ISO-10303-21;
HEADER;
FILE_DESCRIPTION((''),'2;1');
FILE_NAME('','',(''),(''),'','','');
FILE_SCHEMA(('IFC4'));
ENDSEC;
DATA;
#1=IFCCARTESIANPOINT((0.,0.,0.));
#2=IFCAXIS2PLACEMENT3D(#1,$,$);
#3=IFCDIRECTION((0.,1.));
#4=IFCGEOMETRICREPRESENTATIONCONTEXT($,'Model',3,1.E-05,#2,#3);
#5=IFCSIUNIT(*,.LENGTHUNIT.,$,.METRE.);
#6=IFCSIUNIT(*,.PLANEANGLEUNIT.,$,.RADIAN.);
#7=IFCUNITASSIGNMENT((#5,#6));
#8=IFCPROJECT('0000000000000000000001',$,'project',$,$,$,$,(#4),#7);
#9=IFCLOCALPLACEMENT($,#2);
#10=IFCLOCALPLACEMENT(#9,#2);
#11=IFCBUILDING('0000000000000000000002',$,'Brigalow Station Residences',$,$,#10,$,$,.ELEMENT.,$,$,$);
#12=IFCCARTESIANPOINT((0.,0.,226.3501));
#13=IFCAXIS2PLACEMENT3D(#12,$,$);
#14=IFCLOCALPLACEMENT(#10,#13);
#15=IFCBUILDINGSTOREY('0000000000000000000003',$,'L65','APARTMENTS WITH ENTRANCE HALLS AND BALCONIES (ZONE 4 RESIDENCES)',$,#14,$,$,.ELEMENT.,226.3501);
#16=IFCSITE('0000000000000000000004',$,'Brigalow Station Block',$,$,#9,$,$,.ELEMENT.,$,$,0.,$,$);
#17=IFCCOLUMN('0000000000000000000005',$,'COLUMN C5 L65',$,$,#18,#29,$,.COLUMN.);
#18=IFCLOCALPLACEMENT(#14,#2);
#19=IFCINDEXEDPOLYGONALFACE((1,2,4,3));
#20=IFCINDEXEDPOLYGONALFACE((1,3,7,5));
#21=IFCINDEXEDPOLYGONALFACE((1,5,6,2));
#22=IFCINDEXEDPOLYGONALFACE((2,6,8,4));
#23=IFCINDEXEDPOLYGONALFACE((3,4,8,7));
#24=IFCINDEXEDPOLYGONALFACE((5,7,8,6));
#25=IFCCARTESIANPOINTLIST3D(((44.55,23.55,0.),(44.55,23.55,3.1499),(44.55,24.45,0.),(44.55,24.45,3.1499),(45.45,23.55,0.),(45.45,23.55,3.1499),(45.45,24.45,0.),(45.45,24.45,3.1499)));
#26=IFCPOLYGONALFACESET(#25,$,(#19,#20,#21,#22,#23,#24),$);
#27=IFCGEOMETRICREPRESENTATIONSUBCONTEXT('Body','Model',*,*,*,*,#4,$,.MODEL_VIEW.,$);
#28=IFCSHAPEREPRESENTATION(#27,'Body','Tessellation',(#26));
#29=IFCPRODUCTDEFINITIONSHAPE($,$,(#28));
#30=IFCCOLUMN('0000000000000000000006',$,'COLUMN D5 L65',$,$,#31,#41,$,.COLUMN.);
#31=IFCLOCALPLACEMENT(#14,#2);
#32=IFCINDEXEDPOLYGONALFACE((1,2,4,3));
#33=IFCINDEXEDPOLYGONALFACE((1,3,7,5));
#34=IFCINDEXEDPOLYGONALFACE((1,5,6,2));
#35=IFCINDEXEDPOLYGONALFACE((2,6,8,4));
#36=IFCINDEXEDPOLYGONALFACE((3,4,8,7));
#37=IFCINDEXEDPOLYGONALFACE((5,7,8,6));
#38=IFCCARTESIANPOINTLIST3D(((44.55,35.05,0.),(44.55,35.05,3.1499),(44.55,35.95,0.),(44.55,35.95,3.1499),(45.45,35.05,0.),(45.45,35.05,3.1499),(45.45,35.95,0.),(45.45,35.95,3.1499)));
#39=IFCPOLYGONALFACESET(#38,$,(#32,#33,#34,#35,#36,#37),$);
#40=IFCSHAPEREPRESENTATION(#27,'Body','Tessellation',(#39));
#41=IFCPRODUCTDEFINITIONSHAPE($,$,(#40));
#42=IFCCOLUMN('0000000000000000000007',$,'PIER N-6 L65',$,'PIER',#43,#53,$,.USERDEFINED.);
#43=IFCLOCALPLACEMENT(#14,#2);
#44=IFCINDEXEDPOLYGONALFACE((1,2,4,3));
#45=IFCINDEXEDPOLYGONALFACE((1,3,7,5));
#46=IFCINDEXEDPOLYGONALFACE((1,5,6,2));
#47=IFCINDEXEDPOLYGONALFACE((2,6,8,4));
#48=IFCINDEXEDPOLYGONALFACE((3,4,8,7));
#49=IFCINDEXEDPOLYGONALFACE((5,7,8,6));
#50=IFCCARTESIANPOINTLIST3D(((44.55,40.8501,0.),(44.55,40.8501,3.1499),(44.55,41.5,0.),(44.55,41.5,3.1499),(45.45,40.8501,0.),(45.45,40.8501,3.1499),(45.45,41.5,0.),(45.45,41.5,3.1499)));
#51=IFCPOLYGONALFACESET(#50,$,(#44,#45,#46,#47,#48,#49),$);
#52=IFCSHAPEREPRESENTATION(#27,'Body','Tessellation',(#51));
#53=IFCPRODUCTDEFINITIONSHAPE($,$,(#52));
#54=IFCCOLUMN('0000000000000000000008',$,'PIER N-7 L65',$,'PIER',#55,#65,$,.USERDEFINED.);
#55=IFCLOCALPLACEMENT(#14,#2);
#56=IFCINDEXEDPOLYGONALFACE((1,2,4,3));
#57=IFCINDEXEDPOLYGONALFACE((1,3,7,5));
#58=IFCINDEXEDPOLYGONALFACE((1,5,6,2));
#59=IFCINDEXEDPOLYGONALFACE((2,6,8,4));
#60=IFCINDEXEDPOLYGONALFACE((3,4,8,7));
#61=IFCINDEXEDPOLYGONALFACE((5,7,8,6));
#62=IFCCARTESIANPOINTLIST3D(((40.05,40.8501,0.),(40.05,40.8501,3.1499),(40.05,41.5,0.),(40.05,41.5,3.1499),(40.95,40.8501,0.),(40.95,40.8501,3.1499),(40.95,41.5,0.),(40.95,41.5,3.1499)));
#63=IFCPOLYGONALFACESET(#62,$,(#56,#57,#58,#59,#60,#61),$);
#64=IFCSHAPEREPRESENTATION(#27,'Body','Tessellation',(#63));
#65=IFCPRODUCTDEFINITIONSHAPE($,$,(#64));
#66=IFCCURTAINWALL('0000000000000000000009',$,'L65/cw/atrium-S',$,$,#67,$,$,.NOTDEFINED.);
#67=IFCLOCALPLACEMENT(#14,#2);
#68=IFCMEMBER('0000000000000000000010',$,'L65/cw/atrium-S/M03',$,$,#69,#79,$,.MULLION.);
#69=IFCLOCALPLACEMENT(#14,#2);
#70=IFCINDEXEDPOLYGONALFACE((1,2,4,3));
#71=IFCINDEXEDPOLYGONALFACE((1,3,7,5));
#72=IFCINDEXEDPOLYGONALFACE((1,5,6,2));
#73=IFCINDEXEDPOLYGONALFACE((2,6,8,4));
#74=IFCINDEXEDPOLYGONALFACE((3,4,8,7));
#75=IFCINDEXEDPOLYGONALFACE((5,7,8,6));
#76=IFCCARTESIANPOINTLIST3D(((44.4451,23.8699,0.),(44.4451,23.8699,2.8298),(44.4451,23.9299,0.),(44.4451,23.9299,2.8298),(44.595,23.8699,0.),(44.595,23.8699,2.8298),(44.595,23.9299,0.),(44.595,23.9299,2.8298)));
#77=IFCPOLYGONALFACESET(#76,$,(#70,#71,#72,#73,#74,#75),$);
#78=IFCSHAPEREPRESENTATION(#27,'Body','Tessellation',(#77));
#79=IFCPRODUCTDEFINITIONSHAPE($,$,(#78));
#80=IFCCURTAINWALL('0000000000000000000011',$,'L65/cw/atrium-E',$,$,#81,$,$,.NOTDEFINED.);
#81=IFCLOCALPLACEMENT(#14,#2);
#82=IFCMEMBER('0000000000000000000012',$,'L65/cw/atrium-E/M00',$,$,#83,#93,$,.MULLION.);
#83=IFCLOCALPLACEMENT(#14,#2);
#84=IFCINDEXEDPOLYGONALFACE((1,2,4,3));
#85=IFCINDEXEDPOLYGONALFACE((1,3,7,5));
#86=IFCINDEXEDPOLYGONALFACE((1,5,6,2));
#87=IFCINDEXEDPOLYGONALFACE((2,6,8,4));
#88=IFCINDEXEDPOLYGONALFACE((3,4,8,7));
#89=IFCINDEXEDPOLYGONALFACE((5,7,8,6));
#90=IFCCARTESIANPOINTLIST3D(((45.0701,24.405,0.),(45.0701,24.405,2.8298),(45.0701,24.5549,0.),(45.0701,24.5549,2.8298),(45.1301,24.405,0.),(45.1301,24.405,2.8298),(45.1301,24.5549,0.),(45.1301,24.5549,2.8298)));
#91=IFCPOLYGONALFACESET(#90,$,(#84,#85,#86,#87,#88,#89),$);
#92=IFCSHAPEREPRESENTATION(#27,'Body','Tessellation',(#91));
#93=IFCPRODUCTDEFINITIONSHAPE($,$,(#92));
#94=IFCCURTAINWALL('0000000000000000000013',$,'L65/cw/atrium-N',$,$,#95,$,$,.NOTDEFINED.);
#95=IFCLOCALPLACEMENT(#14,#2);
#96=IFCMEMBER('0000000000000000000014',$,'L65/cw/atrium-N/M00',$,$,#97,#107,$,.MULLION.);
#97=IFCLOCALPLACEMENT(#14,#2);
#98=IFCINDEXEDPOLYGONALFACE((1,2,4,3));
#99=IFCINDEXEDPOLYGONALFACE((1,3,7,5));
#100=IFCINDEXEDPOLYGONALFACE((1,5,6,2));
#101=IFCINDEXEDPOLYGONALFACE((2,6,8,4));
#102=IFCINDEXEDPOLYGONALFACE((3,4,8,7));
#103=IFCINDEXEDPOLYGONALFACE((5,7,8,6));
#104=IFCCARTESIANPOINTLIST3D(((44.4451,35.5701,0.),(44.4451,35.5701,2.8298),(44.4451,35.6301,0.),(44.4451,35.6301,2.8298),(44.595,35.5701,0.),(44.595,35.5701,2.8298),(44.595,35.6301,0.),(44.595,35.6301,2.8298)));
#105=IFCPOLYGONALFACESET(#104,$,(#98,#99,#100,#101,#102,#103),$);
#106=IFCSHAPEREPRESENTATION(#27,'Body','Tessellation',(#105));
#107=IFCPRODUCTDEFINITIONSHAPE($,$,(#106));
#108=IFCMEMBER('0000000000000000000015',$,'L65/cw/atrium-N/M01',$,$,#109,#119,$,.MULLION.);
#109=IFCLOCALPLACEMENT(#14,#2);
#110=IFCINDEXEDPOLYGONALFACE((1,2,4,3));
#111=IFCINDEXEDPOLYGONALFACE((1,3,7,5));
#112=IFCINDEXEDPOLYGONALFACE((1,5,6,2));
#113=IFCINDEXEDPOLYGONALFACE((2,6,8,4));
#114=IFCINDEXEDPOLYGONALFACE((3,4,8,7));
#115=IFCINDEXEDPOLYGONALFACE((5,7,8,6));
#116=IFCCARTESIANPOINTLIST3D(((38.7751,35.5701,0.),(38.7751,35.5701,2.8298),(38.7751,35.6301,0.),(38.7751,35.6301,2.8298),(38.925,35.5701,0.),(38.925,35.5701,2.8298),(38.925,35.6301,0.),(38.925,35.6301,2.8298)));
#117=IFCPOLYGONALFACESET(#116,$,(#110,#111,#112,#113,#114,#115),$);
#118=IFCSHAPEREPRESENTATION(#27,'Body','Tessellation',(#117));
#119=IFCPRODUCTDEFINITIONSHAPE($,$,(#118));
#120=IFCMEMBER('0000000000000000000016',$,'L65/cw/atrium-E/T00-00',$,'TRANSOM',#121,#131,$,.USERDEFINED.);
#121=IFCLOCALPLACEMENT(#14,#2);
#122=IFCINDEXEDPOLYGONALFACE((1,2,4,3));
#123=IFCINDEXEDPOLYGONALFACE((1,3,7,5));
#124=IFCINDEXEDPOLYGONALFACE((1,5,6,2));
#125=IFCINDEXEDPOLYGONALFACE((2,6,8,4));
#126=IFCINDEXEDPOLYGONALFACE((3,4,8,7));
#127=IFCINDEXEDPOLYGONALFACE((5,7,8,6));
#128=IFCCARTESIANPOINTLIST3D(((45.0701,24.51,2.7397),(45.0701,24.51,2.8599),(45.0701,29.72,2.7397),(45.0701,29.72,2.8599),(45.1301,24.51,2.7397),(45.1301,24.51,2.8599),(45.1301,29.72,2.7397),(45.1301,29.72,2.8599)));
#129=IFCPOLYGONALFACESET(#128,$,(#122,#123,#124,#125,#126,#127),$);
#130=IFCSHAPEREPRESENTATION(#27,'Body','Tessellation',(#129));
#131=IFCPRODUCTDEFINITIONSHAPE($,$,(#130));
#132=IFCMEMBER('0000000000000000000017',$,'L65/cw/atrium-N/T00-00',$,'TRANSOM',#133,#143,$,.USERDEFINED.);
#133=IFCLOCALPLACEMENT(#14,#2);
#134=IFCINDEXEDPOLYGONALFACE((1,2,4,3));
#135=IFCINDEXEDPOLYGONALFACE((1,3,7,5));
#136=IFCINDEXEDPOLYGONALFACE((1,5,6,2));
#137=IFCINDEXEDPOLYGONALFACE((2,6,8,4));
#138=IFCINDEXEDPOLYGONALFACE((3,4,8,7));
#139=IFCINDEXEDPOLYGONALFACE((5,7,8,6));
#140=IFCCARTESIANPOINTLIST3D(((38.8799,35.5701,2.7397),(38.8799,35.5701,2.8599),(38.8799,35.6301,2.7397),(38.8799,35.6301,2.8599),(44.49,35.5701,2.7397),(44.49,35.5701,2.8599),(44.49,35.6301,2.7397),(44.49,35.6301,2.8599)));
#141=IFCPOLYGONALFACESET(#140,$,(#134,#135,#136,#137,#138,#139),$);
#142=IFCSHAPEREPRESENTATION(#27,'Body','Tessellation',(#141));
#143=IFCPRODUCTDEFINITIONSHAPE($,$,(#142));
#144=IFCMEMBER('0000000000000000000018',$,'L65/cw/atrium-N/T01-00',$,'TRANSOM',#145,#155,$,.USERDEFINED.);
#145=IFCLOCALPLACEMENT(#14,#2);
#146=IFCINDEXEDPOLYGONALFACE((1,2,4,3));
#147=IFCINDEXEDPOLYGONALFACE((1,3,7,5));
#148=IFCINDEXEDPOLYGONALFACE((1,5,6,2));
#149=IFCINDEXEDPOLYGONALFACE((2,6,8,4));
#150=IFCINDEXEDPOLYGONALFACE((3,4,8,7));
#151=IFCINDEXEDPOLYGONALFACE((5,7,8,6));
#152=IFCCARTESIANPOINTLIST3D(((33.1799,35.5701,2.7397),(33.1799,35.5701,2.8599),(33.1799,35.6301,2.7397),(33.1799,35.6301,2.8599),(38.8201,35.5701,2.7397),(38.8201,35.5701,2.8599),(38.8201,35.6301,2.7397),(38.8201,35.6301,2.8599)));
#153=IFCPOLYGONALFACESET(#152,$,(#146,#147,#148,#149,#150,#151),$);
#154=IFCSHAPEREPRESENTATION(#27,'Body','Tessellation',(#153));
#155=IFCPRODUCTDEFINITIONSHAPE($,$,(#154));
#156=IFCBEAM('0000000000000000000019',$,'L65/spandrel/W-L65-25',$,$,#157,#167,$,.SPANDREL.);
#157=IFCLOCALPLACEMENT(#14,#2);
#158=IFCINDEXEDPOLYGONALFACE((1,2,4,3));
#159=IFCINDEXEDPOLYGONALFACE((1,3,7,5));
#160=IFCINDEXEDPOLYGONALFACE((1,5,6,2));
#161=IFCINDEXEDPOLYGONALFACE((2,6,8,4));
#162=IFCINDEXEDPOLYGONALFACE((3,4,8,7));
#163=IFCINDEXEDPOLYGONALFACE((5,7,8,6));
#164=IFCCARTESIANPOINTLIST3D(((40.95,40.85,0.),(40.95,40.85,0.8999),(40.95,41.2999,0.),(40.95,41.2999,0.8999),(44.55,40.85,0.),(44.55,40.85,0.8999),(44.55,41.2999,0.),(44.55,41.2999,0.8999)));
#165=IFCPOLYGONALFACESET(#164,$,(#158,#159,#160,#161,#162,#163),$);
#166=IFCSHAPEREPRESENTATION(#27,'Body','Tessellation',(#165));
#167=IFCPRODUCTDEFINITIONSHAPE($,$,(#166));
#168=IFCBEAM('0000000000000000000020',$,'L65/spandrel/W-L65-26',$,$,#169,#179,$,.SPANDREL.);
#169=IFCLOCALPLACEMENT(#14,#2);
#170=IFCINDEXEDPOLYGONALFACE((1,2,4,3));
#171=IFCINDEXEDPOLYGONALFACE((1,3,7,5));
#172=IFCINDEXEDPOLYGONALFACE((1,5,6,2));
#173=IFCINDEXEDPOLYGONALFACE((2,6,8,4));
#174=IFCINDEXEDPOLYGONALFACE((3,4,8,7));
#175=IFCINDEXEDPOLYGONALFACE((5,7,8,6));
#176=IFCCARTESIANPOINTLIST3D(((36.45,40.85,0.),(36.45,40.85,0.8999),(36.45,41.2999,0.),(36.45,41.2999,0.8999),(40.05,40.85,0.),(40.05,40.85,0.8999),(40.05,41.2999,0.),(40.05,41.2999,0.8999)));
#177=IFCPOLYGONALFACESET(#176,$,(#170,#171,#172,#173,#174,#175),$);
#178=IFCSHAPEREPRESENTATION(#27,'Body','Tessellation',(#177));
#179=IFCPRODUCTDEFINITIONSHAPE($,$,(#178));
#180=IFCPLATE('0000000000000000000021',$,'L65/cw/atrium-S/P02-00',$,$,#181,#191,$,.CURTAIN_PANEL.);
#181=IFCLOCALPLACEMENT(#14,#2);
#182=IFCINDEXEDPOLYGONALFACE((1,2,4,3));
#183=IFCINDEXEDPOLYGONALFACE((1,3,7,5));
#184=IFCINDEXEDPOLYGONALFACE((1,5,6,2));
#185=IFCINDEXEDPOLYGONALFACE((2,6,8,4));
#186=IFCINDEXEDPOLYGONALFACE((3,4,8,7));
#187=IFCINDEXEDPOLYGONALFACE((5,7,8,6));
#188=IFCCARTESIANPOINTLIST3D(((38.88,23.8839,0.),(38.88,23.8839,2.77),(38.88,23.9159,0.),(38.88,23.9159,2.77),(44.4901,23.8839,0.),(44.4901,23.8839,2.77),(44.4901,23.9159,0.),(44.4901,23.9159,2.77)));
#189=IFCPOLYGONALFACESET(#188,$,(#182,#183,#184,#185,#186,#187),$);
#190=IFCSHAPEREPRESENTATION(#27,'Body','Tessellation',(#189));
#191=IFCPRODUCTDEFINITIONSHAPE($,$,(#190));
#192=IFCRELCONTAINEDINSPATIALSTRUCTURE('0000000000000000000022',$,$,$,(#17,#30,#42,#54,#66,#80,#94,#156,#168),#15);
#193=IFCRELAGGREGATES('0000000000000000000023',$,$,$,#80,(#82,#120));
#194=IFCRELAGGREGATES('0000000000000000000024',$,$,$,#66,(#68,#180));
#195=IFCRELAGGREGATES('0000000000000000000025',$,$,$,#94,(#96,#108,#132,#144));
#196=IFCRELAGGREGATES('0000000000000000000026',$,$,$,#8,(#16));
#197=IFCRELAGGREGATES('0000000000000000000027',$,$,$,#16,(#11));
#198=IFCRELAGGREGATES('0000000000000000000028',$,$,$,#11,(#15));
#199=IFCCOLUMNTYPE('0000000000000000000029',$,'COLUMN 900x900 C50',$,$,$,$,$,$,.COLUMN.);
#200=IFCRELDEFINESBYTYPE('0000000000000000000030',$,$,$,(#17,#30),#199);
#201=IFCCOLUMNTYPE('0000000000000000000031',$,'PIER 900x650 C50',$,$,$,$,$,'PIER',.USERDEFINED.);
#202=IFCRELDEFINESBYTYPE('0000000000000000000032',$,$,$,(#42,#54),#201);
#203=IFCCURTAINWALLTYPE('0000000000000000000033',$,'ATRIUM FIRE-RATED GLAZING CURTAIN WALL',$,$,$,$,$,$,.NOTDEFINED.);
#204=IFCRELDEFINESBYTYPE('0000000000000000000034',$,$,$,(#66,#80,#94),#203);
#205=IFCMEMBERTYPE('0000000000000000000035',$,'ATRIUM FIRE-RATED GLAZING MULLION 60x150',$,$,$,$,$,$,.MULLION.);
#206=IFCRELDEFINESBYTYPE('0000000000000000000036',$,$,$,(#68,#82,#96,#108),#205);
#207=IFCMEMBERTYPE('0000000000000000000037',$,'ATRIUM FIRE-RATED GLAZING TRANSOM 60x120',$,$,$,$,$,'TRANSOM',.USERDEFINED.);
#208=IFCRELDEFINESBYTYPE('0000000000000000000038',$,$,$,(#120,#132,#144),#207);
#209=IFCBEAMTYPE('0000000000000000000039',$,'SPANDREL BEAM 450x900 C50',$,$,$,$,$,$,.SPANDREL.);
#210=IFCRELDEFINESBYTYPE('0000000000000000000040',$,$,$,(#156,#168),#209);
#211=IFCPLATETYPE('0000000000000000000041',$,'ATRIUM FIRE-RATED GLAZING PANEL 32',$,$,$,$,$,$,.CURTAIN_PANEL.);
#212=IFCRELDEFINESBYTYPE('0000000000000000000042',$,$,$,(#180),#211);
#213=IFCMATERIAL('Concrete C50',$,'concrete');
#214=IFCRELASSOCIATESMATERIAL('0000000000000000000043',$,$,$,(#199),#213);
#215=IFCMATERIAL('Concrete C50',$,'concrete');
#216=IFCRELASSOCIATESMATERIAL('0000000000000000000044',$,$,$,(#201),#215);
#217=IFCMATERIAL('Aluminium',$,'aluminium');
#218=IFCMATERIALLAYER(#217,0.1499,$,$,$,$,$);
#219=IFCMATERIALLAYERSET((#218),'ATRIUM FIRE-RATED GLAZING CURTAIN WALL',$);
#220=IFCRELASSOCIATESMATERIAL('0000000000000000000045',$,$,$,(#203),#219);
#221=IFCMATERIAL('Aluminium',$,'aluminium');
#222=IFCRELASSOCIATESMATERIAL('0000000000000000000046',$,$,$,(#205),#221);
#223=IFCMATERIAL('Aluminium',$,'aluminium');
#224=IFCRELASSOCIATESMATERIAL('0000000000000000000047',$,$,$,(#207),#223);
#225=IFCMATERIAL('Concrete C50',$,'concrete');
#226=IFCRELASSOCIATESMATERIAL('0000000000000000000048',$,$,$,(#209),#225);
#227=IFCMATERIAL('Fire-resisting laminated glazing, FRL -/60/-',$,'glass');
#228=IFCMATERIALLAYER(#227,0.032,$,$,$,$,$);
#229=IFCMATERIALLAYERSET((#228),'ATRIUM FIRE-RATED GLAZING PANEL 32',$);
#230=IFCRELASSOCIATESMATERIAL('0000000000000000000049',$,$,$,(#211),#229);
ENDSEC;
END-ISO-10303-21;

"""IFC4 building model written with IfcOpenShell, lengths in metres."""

from ifc_helpers import new_model, si_unit, direction, frame, origin, origin_2d, place, context, subcontext, project, spatial, rectangle, extrude, material, layer, layer_set, material_profile, profile_set, type_object, element, aggregate, save


model = new_model("IFC4")

# Units and contexts
model_context = context("Model", 3, precision=1e-05, world=origin(), true_north=direction((0.0, 1.0)))
body_context = subcontext(model_context, "Body", "Model", "MODEL_VIEW")
ifc_project = project(units=[si_unit("LENGTHUNIT", "METRE"), si_unit("PLANEANGLEUNIT", "RADIAN")], contexts=[model_context])

# Site, building, storey
site_placement = place(None, origin())
site = spatial("IfcSite", under=ifc_project, at=site_placement, Name="Brigalow Station Block", CompositionType="ELEMENT", RefElevation=0.0)
building_placement = place(site_placement, origin())
building = spatial("IfcBuilding", under=site, at=building_placement, Name="Brigalow Station Residences", CompositionType="ELEMENT")
storey_placement = place(building_placement, frame((0.0, 0.0, 226.3501)))
storey = spatial("IfcBuildingStorey", under=building, at=storey_placement, Name="L65", Description="APARTMENTS WITH ENTRANCE HALLS AND BALCONIES (ZONE 4 RESIDENCES)", CompositionType="ELEMENT", Elevation=226.3501)

# Columns
ifc_material_1 = material(Name="Concrete C50", Category="concrete")
ifc_material_profile_1 = material_profile(ifc_material_1, rectangle(XDim=0.8999, YDim=0.8999, at=origin_2d()), Name="RC900x900")
ifc_profile_set_1 = profile_set([ifc_material_profile_1], Name="Concrete C50")
column_type_1 = type_object("IfcColumnType", Name="COLUMN 900x900 C50", PredefinedType="COLUMN", material=ifc_profile_set_1)
for number, where, z_axis, x_axis, name in (
    (1, (45.0, 24.0, 0.0), (0.0, 0.0, 1.0), (1.0, 0.0, 0.0), "COLUMN C5 L65"),
    (2, (45.0, 35.5, 0.0), (0.0, 0.0, 1.0), (1.0, 0.0, 0.0), "COLUMN D5 L65"),
):
    element("IfcColumn", number, at=place(storey_placement, frame(where, z_axis=z_axis, x_axis=x_axis)), inside=storey, type_object=column_type_1, Name=name, PredefinedType="COLUMN", context=body_context, shape_type="SweptSolid", body=[
        extrude(rectangle(XDim=0.8999, YDim=0.8999, at=origin_2d()), origin(), (0.0, 0.0, 1.0), 3.1499),
    ])
ifc_material_2 = material(Name="Concrete C50", Category="concrete")
ifc_material_profile_2 = material_profile(ifc_material_2, rectangle(XDim=0.8999, YDim=0.6499, at=origin_2d()), Name="RC900x650")
ifc_profile_set_2 = profile_set([ifc_material_profile_2], Name="Concrete C50")
column_type_2 = type_object("IfcColumnType", Name="PIER 900x650 C50", ElementType="PIER", PredefinedType="USERDEFINED", material=ifc_profile_set_2)
for number, where, z_axis, x_axis, name in (
    (3, (45.0, 41.175, 0.0), (0.0, 0.0, 1.0), (-1.0, 0.0, 0.0), "PIER N-6 L65"),
    (4, (40.5, 41.175, 0.0), (0.0, 0.0, 1.0), (-1.0, 0.0, 0.0), "PIER N-7 L65"),
):
    element("IfcColumn", number, at=place(storey_placement, frame(where, z_axis=z_axis, x_axis=x_axis)), inside=storey, type_object=column_type_2, Name=name, ObjectType="PIER", PredefinedType="USERDEFINED", context=body_context, shape_type="SweptSolid", body=[
        extrude(rectangle(XDim=0.8999, YDim=0.6499, at=origin_2d()), origin(), (0.0, 0.0, 1.0), 3.1499),
    ])

# Curtain walls, members
ifc_material_3 = material(Name="Aluminium", Category="aluminium")
ifc_layer_1 = layer(ifc_material_3, 0.1499)
ifc_layer_set_1 = layer_set([ifc_layer_1], Name="ATRIUM FIRE-RATED GLAZING CURTAIN WALL")
curtain_wall_type = type_object("IfcCurtainWallType", Name="ATRIUM FIRE-RATED GLAZING CURTAIN WALL", PredefinedType="NOTDEFINED", material=ifc_layer_set_1)
curtain_wall_1_placement = place(storey_placement, origin())
curtain_wall_1 = element("IfcCurtainWall", 5, at=curtain_wall_1_placement, inside=storey, type_object=curtain_wall_type, Name="L65/cw/atrium-S", PredefinedType="NOTDEFINED")
ifc_material_4 = material(Name="Aluminium", Category="aluminium")
ifc_material_profile_3 = material_profile(ifc_material_4, rectangle(XDim=0.0601, YDim=0.1499, at=origin_2d()), Name="ATRIUM FIRE-RATED GLAZING MULLION 60x150")
ifc_profile_set_3 = profile_set([ifc_material_profile_3], Name="Aluminium")
member_type_1 = type_object("IfcMemberType", Name="ATRIUM FIRE-RATED GLAZING MULLION 60x150", PredefinedType="MULLION", material=ifc_profile_set_3)
member_1_placement = place(storey_placement, frame((44.52, 23.8999, 0.0), z_axis=(0.0, 0.0, 1.0), x_axis=(0.0, 1.0, 0.0)))
member_1 = element("IfcMember", 6, at=member_1_placement, type_object=member_type_1, Name="L65/cw/atrium-S/M03", PredefinedType="MULLION", context=body_context, shape_type="SweptSolid", body=[
    extrude(rectangle(XDim=0.0601, YDim=0.1499, at=origin_2d()), origin(), (0.0, 0.0, 1.0), 2.8298),
])
curtain_wall_2_placement = place(storey_placement, origin())
curtain_wall_2 = element("IfcCurtainWall", 7, at=curtain_wall_2_placement, inside=storey, type_object=curtain_wall_type, Name="L65/cw/atrium-E", PredefinedType="NOTDEFINED")
member_2_placement = place(storey_placement, frame((45.1001, 24.48, 0.0), z_axis=(0.0, 0.0, 1.0), x_axis=(-1.0, 0.0, 0.0)))
member_2 = element("IfcMember", 8, at=member_2_placement, type_object=member_type_1, Name="L65/cw/atrium-E/M00", PredefinedType="MULLION", context=body_context, shape_type="SweptSolid", body=[
    extrude(rectangle(XDim=0.0601, YDim=0.1499, at=origin_2d()), origin(), (0.0, 0.0, 1.0), 2.8298),
])

# Curtain wall, members
curtain_wall_3_placement = place(storey_placement, origin())
curtain_wall_3 = element("IfcCurtainWall", 9, at=curtain_wall_3_placement, inside=storey, type_object=curtain_wall_type, Name="L65/cw/atrium-N", PredefinedType="NOTDEFINED")
member_3_placement = place(storey_placement, frame((44.52, 35.6001, 0.0), z_axis=(0.0, 0.0, 1.0), x_axis=(0.0, -1.0, 0.0)))
member_3 = element("IfcMember", 10, at=member_3_placement, type_object=member_type_1, Name="L65/cw/atrium-N/M00", PredefinedType="MULLION", context=body_context, shape_type="SweptSolid", body=[
    extrude(rectangle(XDim=0.0601, YDim=0.1499, at=origin_2d()), origin(), (0.0, 0.0, 1.0), 2.8298),
])
member_4_placement = place(storey_placement, frame((38.8501, 35.6001, 0.0), z_axis=(0.0, 0.0, 1.0), x_axis=(0.0, -1.0, 0.0)))
member_4 = element("IfcMember", 11, at=member_4_placement, type_object=member_type_1, Name="L65/cw/atrium-N/M01", PredefinedType="MULLION", context=body_context, shape_type="SweptSolid", body=[
    extrude(rectangle(XDim=0.0601, YDim=0.1499, at=origin_2d()), origin(), (0.0, 0.0, 1.0), 2.8298),
])

# Members
ifc_material_5 = material(Name="Aluminium", Category="aluminium")
ifc_material_profile_4 = material_profile(ifc_material_5, rectangle(XDim=0.0601, YDim=0.1201, at=origin_2d()), Name="ATRIUM FIRE-RATED GLAZING TRANSOM 60x120")
ifc_profile_set_4 = profile_set([ifc_material_profile_4], Name="Aluminium")
member_type_2 = type_object("IfcMemberType", Name="ATRIUM FIRE-RATED GLAZING TRANSOM 60x120", ElementType="TRANSOM", PredefinedType="USERDEFINED", material=ifc_profile_set_4)
member_5_placement = place(storey_placement, frame((45.1001, 24.51, 2.7998), z_axis=(0.0, 1.0, 0.0), x_axis=(-1.0, 0.0, 0.0)))
member_5 = element("IfcMember", 12, at=member_5_placement, type_object=member_type_2, Name="L65/cw/atrium-E/T00-00", ObjectType="TRANSOM", PredefinedType="USERDEFINED", context=body_context, shape_type="SweptSolid", body=[
    extrude(rectangle(XDim=0.0601, YDim=0.1201, at=origin_2d()), origin(), (0.0, 0.0, 1.0), 5.21),
])
aggregate(curtain_wall_2, [member_2, member_5])
member_6_placement = place(storey_placement, frame((44.49, 35.6001, 2.7998), z_axis=(-1.0, 0.0, 0.0), x_axis=(0.0, -1.0, 0.0)))
member_6 = element("IfcMember", 13, at=member_6_placement, type_object=member_type_2, Name="L65/cw/atrium-N/T00-00", ObjectType="TRANSOM", PredefinedType="USERDEFINED", context=body_context, shape_type="SweptSolid", body=[
    extrude(rectangle(XDim=0.0601, YDim=0.1201, at=origin_2d()), origin(), (0.0, 0.0, 1.0), 5.6101),
])
member_7_placement = place(storey_placement, frame((38.8201, 35.6001, 2.7998), z_axis=(-1.0, 0.0, 0.0), x_axis=(0.0, -1.0, 0.0)))
member_7 = element("IfcMember", 14, at=member_7_placement, type_object=member_type_2, Name="L65/cw/atrium-N/T01-00", ObjectType="TRANSOM", PredefinedType="USERDEFINED", context=body_context, shape_type="SweptSolid", body=[
    extrude(rectangle(XDim=0.0601, YDim=0.1201, at=origin_2d()), origin(), (0.0, 0.0, 1.0), 5.6401),
])

# Beams
ifc_material_6 = material(Name="Concrete C50", Category="concrete")
ifc_material_profile_5 = material_profile(ifc_material_6, rectangle(XDim=0.45, YDim=0.8999, at=origin_2d()), Name="RC450x900")
ifc_profile_set_5 = profile_set([ifc_material_profile_5], Name="Concrete C50")
beam_type = type_object("IfcBeamType", Name="SPANDREL BEAM 450x900 C50", PredefinedType="SPANDREL", material=ifc_profile_set_5)
for number, where, z_axis, x_axis, name in (
    (15, (44.55, 41.075, 0.45), (-1.0, 0.0, 0.0), (0.0, -1.0, 0.0), "L65/spandrel/W-L65-25"),
    (16, (40.05, 41.075, 0.45), (-1.0, 0.0, 0.0), (0.0, -1.0, 0.0), "L65/spandrel/W-L65-26"),
):
    element("IfcBeam", number, at=place(storey_placement, frame(where, z_axis=z_axis, x_axis=x_axis)), inside=storey, type_object=beam_type, Name=name, PredefinedType="SPANDREL", context=body_context, shape_type="SweptSolid", body=[
        extrude(rectangle(XDim=0.45, YDim=0.8999, at=origin_2d()), origin(), (0.0, 0.0, 1.0), 3.6001),
    ])

# Plate
ifc_material_7 = material(Name="Fire-resisting laminated glazing, FRL -/60/-", Category="glass")
ifc_layer_2 = layer(ifc_material_7, 0.032)
ifc_layer_set_2 = layer_set([ifc_layer_2], Name="ATRIUM FIRE-RATED GLAZING PANEL 32")
plate_type = type_object("IfcPlateType", Name="ATRIUM FIRE-RATED GLAZING PANEL 32", PredefinedType="CURTAIN_PANEL", material=ifc_layer_set_2)
plate_1_placement = place(storey_placement, frame((41.6851, 23.8999, 0.0), z_axis=(0.0, 0.0, 1.0), x_axis=(1.0, 0.0, 0.0)))
plate_1 = element("IfcPlate", 17, at=plate_1_placement, type_object=plate_type, Name="L65/cw/atrium-S/P02-00", PredefinedType="CURTAIN_PANEL", context=body_context, shape_type="SweptSolid", body=[
    extrude(rectangle(XDim=5.6101, YDim=0.032, at=origin_2d()), origin(), (0.0, 0.0, 1.0), 2.77),
])
aggregate(curtain_wall_1, [member_1, plate_1])
aggregate(curtain_wall_3, [member_3, member_4, member_6, member_7])

save(model, "model.ifc")
